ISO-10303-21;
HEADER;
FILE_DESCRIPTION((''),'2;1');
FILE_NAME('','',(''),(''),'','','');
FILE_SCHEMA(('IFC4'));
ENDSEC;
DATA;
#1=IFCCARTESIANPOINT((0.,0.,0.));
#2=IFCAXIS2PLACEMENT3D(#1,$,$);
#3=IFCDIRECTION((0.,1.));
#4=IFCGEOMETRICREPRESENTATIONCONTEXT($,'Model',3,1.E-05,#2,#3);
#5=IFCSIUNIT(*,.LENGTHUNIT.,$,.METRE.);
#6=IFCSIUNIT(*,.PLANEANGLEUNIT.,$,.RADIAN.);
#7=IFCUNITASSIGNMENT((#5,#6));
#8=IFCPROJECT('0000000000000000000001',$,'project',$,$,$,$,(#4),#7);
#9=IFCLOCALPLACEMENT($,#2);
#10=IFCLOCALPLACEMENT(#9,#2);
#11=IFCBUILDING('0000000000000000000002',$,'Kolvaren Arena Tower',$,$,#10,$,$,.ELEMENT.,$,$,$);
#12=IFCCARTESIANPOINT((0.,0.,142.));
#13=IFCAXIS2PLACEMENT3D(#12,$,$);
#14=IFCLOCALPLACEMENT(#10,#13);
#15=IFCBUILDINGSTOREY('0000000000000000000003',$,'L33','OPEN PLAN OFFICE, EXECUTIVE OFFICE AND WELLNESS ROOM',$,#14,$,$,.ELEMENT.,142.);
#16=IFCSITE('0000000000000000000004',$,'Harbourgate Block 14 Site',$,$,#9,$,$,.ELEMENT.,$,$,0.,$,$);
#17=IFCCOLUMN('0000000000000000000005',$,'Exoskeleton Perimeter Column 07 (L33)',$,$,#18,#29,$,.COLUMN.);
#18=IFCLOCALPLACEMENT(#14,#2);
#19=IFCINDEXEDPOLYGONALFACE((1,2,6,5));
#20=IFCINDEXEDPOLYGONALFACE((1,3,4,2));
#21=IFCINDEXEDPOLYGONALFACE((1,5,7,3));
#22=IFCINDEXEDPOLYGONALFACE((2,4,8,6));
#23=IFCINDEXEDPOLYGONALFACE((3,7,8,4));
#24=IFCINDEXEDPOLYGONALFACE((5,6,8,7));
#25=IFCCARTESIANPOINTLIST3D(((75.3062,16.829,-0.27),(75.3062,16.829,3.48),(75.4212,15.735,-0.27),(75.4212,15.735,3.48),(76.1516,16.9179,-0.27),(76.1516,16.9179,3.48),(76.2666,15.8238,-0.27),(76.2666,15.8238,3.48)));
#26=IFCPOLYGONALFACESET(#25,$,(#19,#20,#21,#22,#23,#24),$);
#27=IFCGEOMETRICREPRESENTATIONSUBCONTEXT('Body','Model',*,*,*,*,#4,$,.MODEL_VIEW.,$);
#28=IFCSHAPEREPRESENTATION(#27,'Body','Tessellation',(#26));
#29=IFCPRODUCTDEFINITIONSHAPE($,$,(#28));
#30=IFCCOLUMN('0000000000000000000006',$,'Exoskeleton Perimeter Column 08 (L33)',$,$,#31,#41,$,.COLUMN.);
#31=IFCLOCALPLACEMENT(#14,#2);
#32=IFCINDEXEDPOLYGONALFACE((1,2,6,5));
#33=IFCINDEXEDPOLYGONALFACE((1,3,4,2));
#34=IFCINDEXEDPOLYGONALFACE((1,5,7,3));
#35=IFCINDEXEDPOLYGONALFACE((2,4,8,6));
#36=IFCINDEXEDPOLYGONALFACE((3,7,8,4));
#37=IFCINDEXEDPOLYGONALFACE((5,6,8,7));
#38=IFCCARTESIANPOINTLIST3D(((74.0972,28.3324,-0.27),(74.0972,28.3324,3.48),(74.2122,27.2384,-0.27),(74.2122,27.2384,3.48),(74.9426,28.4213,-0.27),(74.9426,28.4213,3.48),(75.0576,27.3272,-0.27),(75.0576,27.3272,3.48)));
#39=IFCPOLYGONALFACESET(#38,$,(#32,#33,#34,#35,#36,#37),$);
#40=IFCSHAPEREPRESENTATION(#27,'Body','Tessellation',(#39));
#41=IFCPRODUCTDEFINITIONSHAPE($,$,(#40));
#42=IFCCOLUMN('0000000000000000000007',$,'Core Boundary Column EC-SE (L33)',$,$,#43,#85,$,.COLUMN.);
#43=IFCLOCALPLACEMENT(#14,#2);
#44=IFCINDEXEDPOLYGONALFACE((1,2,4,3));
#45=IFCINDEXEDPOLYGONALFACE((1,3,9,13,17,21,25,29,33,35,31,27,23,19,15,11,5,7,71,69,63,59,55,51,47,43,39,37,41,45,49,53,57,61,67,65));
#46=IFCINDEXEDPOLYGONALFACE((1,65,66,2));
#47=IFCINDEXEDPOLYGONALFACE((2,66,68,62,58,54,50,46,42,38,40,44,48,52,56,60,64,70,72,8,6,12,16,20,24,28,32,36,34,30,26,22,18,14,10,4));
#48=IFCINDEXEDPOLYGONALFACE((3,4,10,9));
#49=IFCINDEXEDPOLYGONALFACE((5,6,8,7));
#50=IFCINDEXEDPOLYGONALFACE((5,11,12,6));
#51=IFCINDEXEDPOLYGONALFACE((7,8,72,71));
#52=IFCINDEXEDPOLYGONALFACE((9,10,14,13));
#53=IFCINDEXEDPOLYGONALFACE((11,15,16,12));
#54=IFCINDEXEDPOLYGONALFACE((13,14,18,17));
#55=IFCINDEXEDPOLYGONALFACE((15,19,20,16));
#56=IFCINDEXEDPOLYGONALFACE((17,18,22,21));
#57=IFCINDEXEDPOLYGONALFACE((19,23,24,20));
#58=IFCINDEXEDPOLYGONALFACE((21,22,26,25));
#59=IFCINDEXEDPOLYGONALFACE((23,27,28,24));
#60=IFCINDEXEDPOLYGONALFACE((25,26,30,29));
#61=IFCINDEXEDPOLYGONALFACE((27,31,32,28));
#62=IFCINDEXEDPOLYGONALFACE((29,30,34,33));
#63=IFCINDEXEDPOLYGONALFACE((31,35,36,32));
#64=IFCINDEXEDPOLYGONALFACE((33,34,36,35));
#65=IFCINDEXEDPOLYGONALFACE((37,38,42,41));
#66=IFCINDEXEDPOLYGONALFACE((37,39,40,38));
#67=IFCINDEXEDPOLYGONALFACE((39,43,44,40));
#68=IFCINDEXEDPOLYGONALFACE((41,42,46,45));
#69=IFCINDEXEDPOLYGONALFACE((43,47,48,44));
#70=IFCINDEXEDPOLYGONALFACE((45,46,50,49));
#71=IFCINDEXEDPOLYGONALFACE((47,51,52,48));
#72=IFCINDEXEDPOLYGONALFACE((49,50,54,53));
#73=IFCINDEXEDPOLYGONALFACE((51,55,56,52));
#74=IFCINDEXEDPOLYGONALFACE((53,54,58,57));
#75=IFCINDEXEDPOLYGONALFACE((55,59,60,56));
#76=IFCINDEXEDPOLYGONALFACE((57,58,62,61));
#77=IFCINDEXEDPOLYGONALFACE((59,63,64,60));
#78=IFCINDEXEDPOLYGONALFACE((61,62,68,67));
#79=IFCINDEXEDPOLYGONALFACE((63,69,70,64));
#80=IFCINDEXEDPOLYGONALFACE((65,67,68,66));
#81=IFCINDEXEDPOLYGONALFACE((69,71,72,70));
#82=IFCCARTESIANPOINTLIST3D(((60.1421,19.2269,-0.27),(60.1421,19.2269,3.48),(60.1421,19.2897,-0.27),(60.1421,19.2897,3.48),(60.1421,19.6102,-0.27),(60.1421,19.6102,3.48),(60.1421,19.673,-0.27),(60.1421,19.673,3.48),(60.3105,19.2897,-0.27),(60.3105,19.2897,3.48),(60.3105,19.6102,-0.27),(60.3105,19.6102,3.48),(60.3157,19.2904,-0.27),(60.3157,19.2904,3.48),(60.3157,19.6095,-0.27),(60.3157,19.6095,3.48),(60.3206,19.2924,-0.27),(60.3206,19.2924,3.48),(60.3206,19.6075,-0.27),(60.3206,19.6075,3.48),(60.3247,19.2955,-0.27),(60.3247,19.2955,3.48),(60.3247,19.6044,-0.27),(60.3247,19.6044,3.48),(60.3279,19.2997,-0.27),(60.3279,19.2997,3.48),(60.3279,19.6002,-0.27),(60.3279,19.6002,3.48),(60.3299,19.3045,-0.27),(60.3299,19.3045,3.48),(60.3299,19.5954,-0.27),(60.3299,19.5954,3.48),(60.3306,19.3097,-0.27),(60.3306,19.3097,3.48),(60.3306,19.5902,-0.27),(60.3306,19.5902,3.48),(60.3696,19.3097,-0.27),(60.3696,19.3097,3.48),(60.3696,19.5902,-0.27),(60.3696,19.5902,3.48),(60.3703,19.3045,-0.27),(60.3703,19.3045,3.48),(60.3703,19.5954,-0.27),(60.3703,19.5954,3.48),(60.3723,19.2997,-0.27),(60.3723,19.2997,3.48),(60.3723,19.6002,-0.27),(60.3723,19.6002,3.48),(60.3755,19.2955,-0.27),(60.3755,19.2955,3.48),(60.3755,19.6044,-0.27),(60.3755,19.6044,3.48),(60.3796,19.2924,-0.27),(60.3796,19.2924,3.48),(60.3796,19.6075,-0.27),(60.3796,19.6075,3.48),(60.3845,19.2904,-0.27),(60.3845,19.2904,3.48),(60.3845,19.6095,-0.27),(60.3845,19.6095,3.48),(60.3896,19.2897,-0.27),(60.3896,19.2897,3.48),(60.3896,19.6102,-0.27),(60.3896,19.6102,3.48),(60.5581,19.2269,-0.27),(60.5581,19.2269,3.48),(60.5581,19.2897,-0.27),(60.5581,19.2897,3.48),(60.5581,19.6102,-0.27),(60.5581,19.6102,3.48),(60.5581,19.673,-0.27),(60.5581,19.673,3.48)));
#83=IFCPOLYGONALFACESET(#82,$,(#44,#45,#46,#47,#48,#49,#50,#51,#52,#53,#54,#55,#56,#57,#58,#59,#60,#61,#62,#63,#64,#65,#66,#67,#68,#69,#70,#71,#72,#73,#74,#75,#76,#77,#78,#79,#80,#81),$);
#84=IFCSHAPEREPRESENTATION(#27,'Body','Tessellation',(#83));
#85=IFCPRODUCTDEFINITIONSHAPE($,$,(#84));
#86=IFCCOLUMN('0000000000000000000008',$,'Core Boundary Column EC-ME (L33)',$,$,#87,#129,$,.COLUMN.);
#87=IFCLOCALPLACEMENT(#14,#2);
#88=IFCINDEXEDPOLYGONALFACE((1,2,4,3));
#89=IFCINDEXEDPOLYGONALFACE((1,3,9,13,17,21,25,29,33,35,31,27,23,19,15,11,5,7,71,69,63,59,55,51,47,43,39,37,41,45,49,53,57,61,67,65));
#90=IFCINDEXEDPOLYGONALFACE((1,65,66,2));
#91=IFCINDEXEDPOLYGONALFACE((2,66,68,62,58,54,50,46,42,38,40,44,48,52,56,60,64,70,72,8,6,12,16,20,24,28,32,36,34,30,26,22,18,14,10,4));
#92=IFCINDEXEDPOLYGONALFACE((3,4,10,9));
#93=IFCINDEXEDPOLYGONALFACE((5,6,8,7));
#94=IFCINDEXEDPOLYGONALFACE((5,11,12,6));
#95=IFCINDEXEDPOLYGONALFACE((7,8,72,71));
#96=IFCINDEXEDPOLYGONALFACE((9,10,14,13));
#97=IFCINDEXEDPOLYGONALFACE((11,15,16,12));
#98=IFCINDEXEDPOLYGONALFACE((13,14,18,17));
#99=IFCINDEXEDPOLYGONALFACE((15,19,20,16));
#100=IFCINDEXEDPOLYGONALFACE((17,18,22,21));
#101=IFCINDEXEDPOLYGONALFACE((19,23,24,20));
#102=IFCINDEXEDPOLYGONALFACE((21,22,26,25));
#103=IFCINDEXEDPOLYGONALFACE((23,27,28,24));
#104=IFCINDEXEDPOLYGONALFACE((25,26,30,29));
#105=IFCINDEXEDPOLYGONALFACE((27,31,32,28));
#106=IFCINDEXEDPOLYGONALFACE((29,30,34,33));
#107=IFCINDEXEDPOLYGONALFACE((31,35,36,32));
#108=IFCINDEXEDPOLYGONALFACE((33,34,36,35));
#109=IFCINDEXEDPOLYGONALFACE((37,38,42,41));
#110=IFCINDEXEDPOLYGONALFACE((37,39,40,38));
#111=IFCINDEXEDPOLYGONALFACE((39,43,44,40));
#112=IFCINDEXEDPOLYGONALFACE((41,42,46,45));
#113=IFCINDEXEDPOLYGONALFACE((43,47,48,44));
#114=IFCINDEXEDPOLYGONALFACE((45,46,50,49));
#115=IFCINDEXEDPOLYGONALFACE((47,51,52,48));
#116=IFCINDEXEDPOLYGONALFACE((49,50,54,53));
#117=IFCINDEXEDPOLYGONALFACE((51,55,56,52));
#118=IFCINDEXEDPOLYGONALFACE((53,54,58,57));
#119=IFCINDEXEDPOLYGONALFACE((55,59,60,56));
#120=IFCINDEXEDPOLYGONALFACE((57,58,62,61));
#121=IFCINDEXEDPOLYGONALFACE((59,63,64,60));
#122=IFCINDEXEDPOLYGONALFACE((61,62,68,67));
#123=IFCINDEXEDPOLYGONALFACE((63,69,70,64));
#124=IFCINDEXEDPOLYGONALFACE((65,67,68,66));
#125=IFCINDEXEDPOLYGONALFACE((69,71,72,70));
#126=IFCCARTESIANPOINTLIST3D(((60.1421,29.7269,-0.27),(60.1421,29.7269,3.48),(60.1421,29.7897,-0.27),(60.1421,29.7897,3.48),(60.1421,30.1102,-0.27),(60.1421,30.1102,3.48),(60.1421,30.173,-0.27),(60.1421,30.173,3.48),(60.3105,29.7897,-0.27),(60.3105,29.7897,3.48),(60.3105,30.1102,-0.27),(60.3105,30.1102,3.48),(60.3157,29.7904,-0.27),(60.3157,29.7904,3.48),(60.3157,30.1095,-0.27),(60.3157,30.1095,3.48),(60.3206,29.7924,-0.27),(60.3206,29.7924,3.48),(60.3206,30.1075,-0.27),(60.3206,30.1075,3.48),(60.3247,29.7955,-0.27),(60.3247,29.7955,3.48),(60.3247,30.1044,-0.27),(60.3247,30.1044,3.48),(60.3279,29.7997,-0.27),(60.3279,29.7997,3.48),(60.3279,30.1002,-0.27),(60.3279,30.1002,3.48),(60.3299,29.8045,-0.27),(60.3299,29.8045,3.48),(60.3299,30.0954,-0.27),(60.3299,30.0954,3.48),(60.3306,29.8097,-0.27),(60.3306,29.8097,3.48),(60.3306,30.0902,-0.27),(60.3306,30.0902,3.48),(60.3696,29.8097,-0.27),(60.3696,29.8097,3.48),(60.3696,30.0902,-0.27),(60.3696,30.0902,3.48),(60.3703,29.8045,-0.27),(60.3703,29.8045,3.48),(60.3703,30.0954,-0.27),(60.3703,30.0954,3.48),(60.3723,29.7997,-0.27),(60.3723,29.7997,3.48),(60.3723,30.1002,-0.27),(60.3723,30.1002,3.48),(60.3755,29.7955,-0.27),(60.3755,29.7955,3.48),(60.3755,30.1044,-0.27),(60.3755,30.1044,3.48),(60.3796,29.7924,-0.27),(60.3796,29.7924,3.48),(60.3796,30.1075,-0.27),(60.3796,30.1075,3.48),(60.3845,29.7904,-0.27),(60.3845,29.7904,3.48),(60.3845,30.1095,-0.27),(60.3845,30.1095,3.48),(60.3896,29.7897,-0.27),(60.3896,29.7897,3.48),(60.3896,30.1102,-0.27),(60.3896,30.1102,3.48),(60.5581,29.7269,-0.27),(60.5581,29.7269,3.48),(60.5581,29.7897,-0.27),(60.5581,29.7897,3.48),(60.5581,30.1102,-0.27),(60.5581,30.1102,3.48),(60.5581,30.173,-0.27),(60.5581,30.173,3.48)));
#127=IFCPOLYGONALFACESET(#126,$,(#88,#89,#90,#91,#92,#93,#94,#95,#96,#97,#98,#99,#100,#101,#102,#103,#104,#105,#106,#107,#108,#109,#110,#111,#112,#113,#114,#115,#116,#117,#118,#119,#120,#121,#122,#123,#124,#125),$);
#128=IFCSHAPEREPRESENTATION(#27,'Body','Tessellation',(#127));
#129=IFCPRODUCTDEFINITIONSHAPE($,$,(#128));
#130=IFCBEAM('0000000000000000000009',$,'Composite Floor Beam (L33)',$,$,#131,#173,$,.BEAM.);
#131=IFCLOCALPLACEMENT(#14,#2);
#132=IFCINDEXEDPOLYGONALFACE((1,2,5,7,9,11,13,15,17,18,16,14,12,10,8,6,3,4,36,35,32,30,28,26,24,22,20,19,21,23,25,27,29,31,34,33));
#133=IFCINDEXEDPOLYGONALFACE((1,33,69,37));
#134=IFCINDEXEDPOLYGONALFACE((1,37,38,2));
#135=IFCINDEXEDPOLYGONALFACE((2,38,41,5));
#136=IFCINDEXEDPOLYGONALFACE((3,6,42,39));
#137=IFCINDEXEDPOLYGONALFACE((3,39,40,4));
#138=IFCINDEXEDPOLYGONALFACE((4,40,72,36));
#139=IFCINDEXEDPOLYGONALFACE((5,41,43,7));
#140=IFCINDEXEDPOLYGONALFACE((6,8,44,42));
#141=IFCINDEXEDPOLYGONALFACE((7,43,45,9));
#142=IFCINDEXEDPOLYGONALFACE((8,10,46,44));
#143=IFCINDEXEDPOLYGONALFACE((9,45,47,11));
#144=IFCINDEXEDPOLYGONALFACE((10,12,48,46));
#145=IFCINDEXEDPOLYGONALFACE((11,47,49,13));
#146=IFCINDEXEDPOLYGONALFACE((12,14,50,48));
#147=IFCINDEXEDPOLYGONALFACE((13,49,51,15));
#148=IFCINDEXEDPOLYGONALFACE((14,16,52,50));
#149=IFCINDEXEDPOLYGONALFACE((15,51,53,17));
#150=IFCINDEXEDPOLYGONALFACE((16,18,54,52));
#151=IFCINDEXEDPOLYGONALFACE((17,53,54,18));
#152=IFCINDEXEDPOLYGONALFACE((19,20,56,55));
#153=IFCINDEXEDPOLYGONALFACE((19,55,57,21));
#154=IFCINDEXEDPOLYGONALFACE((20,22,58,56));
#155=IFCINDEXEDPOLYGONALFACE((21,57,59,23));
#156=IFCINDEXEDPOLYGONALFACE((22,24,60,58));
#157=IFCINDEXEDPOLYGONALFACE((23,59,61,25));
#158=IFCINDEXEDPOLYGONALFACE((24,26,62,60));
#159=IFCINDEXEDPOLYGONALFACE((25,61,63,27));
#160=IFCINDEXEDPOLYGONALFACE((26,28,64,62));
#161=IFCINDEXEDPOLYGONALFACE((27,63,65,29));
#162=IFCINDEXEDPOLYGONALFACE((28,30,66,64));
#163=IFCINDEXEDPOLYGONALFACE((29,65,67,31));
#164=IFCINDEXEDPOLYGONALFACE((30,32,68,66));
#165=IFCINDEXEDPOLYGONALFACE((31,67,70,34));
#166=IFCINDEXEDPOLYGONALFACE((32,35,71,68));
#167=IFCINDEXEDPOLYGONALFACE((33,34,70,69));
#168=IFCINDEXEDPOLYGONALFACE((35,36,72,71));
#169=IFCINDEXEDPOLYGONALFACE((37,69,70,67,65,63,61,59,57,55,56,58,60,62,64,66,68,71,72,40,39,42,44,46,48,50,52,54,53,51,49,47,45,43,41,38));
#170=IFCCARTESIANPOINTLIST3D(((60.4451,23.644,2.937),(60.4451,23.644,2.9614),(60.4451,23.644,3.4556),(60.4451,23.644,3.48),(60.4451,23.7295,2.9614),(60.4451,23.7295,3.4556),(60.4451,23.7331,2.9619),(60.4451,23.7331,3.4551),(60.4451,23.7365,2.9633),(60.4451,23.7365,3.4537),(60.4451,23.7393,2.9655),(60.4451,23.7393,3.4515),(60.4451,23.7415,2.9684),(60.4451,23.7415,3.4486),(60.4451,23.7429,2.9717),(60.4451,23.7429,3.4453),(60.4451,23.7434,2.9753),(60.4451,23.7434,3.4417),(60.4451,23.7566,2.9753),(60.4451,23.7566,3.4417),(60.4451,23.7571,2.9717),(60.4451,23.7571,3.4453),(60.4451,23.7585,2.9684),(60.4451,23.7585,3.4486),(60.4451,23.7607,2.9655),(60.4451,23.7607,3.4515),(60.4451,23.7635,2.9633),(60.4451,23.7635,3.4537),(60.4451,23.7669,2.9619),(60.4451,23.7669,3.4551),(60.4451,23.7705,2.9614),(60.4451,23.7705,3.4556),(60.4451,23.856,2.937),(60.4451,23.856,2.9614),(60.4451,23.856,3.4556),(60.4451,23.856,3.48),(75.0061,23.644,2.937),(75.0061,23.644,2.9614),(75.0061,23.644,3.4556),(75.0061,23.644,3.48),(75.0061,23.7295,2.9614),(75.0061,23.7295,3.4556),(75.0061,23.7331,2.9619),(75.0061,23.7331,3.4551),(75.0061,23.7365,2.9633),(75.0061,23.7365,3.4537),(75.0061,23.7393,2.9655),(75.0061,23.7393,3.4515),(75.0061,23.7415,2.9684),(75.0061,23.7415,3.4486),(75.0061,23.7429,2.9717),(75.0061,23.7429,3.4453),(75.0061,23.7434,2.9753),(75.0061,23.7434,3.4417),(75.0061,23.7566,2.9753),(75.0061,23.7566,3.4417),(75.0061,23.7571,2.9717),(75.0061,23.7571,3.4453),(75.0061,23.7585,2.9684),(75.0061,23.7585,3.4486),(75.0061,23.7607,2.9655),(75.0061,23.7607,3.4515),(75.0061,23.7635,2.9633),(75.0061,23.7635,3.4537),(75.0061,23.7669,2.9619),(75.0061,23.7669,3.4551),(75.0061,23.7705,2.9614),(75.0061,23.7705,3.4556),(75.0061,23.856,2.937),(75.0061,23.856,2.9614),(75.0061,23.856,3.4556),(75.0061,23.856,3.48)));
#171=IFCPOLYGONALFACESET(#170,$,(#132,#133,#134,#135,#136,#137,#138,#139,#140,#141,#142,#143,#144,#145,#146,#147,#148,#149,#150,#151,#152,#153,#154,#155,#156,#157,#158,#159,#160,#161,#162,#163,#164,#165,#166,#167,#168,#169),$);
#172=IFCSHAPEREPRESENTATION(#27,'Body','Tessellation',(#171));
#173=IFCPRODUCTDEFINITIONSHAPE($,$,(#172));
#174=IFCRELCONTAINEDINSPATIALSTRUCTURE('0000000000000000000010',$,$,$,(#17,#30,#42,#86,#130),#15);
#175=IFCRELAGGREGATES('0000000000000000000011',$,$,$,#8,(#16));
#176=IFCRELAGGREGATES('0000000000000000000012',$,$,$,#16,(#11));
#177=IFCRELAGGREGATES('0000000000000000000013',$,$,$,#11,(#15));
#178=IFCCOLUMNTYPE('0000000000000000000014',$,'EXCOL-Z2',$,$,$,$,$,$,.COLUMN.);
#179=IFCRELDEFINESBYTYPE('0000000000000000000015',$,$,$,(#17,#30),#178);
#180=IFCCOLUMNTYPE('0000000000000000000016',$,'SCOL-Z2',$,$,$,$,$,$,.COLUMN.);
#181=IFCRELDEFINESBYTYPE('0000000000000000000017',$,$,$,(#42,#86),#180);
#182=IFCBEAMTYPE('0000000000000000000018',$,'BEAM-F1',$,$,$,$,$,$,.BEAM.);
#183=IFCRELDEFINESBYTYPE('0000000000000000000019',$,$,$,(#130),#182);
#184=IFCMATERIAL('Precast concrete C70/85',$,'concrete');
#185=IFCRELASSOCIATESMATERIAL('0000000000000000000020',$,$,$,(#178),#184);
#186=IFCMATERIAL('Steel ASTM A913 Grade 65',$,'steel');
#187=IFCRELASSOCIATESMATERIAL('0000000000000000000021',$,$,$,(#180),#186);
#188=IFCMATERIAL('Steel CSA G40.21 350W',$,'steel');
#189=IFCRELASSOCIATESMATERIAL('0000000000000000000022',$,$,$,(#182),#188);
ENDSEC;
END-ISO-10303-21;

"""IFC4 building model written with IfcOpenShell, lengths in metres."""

from ifc_helpers import new_model, si_unit, direction, frame, origin, origin_2d, place, context, subcontext, project, spatial, rectangle, i_section, extrude, material, material_profile, profile_set, type_object, element, save


model = new_model("IFC4")

# Units and contexts
model_context = context("Model", 3, precision=1e-05, world=origin(), true_north=direction((0.0, 1.0)))
body_context = subcontext(model_context, "Body", "Model", "MODEL_VIEW")
ifc_project = project(units=[si_unit("LENGTHUNIT", "METRE"), si_unit("PLANEANGLEUNIT", "RADIAN")], contexts=[model_context])

# Site, building, storey
site_placement = place(None, origin())
site = spatial("IfcSite", under=ifc_project, at=site_placement, Name="Harbourgate Block 14 Site", CompositionType="ELEMENT", RefElevation=0.0)
building_placement = place(site_placement, origin())
building = spatial("IfcBuilding", under=site, at=building_placement, Name="Kolvaren Arena Tower", CompositionType="ELEMENT")
storey_placement = place(building_placement, frame((0.0, 0.0, 142.0)))
storey = spatial("IfcBuildingStorey", under=building, at=storey_placement, Name="L33", Description="OPEN PLAN OFFICE, EXECUTIVE OFFICE AND WELLNESS ROOM", CompositionType="ELEMENT", Elevation=142.0)

# Columns
ifc_material_1 = material(Name="Precast concrete C70/85", Category="concrete")
ifc_material_profile_1 = material_profile(ifc_material_1, rectangle(XDim=1.1001, YDim=0.8501, at=origin_2d()), Name="RC-1100x850")
ifc_profile_set_1 = profile_set([ifc_material_profile_1], Name="Precast concrete C70/85")
column_type_1 = type_object("IfcColumnType", Name="EXCOL-Z2", PredefinedType="COLUMN", material=ifc_profile_set_1)
for number, where, z_axis, x_axis, name in (
    (1, (75.7864, 16.3264, -0.27), (0.0, 0.0, 1.0), (-0.104528, 0.994522, 0.0), "Exoskeleton Perimeter Column 07 (L33)"),
    (2, (74.5774, 27.8298, -0.27), (0.0, 0.0, 1.0), (-0.104528, 0.994522, 0.0), "Exoskeleton Perimeter Column 08 (L33)"),
):
    element("IfcColumn", number, at=place(storey_placement, frame(where, z_axis=z_axis, x_axis=x_axis)), inside=storey, type_object=column_type_1, Name=name, PredefinedType="COLUMN", context=body_context, shape_type="SweptSolid", body=[
        extrude(rectangle(XDim=1.1001, YDim=0.8501, at=origin_2d()), origin(), (0.0, 0.0, 1.0), 3.75),
    ])
ifc_material_2 = material(Name="Steel ASTM A913 Grade 65", Category="steel")
ifc_material_profile_2 = material_profile(ifc_material_2, i_section(OverallWidth=0.416, OverallDepth=0.446, WebThickness=0.0391, FlangeThickness=0.0627, FilletRadius=0.02, at=origin_2d()), Name="W360x509")
ifc_profile_set_2 = profile_set([ifc_material_profile_2], Name="Steel ASTM A913 Grade 65")
column_type_2 = type_object("IfcColumnType", Name="SCOL-Z2", PredefinedType="COLUMN", material=ifc_profile_set_2)
for number, where, z_axis, x_axis, name in (
    (3, (60.3501, 19.45, -0.27), (0.0, 0.0, 1.0), (1.0, 0.0, 0.0), "Core Boundary Column EC-SE (L33)"),
    (4, (60.3501, 29.95, -0.27), (0.0, 0.0, 1.0), (1.0, 0.0, 0.0), "Core Boundary Column EC-ME (L33)"),
):
    element("IfcColumn", number, at=place(storey_placement, frame(where, z_axis=z_axis, x_axis=x_axis)), inside=storey, type_object=column_type_2, Name=name, PredefinedType="COLUMN", context=body_context, shape_type="SweptSolid", body=[
        extrude(i_section(OverallWidth=0.416, OverallDepth=0.446, WebThickness=0.0391, FlangeThickness=0.0627, FilletRadius=0.02, at=origin_2d()), origin(), (0.0, 0.0, 1.0), 3.75),
    ])

# Beam
ifc_material_3 = material(Name="Steel CSA G40.21 350W", Category="steel")
ifc_material_profile_3 = material_profile(ifc_material_3, i_section(OverallWidth=0.2119, OverallDepth=0.543, WebThickness=0.0132, FlangeThickness=0.0244, FilletRadius=0.0139, at=origin_2d()), Name="W530x150")
ifc_profile_set_3 = profile_set([ifc_material_profile_3], Name="Steel CSA G40.21 350W")
beam_type_1 = type_object("IfcBeamType", Name="BEAM-F1", PredefinedType="BEAM", material=ifc_profile_set_3)
beam_1_placement = place(storey_placement, frame((60.4451, 23.75, 3.2085), z_axis=(1.0, 0.0, 0.0), x_axis=(0.0, 1.0, 0.0)))
element("IfcBeam", 5, at=beam_1_placement, inside=storey, type_object=beam_type_1, Name="Composite Floor Beam (L33)", PredefinedType="BEAM", context=body_context, shape_type="SweptSolid", body=[
    extrude(i_section(OverallWidth=0.2119, OverallDepth=0.543, WebThickness=0.0132, FlangeThickness=0.0244, FilletRadius=0.0139, at=origin_2d()), origin(), (0.0, 0.0, 1.0), 14.561),
])

save(model, "model.ifc")
